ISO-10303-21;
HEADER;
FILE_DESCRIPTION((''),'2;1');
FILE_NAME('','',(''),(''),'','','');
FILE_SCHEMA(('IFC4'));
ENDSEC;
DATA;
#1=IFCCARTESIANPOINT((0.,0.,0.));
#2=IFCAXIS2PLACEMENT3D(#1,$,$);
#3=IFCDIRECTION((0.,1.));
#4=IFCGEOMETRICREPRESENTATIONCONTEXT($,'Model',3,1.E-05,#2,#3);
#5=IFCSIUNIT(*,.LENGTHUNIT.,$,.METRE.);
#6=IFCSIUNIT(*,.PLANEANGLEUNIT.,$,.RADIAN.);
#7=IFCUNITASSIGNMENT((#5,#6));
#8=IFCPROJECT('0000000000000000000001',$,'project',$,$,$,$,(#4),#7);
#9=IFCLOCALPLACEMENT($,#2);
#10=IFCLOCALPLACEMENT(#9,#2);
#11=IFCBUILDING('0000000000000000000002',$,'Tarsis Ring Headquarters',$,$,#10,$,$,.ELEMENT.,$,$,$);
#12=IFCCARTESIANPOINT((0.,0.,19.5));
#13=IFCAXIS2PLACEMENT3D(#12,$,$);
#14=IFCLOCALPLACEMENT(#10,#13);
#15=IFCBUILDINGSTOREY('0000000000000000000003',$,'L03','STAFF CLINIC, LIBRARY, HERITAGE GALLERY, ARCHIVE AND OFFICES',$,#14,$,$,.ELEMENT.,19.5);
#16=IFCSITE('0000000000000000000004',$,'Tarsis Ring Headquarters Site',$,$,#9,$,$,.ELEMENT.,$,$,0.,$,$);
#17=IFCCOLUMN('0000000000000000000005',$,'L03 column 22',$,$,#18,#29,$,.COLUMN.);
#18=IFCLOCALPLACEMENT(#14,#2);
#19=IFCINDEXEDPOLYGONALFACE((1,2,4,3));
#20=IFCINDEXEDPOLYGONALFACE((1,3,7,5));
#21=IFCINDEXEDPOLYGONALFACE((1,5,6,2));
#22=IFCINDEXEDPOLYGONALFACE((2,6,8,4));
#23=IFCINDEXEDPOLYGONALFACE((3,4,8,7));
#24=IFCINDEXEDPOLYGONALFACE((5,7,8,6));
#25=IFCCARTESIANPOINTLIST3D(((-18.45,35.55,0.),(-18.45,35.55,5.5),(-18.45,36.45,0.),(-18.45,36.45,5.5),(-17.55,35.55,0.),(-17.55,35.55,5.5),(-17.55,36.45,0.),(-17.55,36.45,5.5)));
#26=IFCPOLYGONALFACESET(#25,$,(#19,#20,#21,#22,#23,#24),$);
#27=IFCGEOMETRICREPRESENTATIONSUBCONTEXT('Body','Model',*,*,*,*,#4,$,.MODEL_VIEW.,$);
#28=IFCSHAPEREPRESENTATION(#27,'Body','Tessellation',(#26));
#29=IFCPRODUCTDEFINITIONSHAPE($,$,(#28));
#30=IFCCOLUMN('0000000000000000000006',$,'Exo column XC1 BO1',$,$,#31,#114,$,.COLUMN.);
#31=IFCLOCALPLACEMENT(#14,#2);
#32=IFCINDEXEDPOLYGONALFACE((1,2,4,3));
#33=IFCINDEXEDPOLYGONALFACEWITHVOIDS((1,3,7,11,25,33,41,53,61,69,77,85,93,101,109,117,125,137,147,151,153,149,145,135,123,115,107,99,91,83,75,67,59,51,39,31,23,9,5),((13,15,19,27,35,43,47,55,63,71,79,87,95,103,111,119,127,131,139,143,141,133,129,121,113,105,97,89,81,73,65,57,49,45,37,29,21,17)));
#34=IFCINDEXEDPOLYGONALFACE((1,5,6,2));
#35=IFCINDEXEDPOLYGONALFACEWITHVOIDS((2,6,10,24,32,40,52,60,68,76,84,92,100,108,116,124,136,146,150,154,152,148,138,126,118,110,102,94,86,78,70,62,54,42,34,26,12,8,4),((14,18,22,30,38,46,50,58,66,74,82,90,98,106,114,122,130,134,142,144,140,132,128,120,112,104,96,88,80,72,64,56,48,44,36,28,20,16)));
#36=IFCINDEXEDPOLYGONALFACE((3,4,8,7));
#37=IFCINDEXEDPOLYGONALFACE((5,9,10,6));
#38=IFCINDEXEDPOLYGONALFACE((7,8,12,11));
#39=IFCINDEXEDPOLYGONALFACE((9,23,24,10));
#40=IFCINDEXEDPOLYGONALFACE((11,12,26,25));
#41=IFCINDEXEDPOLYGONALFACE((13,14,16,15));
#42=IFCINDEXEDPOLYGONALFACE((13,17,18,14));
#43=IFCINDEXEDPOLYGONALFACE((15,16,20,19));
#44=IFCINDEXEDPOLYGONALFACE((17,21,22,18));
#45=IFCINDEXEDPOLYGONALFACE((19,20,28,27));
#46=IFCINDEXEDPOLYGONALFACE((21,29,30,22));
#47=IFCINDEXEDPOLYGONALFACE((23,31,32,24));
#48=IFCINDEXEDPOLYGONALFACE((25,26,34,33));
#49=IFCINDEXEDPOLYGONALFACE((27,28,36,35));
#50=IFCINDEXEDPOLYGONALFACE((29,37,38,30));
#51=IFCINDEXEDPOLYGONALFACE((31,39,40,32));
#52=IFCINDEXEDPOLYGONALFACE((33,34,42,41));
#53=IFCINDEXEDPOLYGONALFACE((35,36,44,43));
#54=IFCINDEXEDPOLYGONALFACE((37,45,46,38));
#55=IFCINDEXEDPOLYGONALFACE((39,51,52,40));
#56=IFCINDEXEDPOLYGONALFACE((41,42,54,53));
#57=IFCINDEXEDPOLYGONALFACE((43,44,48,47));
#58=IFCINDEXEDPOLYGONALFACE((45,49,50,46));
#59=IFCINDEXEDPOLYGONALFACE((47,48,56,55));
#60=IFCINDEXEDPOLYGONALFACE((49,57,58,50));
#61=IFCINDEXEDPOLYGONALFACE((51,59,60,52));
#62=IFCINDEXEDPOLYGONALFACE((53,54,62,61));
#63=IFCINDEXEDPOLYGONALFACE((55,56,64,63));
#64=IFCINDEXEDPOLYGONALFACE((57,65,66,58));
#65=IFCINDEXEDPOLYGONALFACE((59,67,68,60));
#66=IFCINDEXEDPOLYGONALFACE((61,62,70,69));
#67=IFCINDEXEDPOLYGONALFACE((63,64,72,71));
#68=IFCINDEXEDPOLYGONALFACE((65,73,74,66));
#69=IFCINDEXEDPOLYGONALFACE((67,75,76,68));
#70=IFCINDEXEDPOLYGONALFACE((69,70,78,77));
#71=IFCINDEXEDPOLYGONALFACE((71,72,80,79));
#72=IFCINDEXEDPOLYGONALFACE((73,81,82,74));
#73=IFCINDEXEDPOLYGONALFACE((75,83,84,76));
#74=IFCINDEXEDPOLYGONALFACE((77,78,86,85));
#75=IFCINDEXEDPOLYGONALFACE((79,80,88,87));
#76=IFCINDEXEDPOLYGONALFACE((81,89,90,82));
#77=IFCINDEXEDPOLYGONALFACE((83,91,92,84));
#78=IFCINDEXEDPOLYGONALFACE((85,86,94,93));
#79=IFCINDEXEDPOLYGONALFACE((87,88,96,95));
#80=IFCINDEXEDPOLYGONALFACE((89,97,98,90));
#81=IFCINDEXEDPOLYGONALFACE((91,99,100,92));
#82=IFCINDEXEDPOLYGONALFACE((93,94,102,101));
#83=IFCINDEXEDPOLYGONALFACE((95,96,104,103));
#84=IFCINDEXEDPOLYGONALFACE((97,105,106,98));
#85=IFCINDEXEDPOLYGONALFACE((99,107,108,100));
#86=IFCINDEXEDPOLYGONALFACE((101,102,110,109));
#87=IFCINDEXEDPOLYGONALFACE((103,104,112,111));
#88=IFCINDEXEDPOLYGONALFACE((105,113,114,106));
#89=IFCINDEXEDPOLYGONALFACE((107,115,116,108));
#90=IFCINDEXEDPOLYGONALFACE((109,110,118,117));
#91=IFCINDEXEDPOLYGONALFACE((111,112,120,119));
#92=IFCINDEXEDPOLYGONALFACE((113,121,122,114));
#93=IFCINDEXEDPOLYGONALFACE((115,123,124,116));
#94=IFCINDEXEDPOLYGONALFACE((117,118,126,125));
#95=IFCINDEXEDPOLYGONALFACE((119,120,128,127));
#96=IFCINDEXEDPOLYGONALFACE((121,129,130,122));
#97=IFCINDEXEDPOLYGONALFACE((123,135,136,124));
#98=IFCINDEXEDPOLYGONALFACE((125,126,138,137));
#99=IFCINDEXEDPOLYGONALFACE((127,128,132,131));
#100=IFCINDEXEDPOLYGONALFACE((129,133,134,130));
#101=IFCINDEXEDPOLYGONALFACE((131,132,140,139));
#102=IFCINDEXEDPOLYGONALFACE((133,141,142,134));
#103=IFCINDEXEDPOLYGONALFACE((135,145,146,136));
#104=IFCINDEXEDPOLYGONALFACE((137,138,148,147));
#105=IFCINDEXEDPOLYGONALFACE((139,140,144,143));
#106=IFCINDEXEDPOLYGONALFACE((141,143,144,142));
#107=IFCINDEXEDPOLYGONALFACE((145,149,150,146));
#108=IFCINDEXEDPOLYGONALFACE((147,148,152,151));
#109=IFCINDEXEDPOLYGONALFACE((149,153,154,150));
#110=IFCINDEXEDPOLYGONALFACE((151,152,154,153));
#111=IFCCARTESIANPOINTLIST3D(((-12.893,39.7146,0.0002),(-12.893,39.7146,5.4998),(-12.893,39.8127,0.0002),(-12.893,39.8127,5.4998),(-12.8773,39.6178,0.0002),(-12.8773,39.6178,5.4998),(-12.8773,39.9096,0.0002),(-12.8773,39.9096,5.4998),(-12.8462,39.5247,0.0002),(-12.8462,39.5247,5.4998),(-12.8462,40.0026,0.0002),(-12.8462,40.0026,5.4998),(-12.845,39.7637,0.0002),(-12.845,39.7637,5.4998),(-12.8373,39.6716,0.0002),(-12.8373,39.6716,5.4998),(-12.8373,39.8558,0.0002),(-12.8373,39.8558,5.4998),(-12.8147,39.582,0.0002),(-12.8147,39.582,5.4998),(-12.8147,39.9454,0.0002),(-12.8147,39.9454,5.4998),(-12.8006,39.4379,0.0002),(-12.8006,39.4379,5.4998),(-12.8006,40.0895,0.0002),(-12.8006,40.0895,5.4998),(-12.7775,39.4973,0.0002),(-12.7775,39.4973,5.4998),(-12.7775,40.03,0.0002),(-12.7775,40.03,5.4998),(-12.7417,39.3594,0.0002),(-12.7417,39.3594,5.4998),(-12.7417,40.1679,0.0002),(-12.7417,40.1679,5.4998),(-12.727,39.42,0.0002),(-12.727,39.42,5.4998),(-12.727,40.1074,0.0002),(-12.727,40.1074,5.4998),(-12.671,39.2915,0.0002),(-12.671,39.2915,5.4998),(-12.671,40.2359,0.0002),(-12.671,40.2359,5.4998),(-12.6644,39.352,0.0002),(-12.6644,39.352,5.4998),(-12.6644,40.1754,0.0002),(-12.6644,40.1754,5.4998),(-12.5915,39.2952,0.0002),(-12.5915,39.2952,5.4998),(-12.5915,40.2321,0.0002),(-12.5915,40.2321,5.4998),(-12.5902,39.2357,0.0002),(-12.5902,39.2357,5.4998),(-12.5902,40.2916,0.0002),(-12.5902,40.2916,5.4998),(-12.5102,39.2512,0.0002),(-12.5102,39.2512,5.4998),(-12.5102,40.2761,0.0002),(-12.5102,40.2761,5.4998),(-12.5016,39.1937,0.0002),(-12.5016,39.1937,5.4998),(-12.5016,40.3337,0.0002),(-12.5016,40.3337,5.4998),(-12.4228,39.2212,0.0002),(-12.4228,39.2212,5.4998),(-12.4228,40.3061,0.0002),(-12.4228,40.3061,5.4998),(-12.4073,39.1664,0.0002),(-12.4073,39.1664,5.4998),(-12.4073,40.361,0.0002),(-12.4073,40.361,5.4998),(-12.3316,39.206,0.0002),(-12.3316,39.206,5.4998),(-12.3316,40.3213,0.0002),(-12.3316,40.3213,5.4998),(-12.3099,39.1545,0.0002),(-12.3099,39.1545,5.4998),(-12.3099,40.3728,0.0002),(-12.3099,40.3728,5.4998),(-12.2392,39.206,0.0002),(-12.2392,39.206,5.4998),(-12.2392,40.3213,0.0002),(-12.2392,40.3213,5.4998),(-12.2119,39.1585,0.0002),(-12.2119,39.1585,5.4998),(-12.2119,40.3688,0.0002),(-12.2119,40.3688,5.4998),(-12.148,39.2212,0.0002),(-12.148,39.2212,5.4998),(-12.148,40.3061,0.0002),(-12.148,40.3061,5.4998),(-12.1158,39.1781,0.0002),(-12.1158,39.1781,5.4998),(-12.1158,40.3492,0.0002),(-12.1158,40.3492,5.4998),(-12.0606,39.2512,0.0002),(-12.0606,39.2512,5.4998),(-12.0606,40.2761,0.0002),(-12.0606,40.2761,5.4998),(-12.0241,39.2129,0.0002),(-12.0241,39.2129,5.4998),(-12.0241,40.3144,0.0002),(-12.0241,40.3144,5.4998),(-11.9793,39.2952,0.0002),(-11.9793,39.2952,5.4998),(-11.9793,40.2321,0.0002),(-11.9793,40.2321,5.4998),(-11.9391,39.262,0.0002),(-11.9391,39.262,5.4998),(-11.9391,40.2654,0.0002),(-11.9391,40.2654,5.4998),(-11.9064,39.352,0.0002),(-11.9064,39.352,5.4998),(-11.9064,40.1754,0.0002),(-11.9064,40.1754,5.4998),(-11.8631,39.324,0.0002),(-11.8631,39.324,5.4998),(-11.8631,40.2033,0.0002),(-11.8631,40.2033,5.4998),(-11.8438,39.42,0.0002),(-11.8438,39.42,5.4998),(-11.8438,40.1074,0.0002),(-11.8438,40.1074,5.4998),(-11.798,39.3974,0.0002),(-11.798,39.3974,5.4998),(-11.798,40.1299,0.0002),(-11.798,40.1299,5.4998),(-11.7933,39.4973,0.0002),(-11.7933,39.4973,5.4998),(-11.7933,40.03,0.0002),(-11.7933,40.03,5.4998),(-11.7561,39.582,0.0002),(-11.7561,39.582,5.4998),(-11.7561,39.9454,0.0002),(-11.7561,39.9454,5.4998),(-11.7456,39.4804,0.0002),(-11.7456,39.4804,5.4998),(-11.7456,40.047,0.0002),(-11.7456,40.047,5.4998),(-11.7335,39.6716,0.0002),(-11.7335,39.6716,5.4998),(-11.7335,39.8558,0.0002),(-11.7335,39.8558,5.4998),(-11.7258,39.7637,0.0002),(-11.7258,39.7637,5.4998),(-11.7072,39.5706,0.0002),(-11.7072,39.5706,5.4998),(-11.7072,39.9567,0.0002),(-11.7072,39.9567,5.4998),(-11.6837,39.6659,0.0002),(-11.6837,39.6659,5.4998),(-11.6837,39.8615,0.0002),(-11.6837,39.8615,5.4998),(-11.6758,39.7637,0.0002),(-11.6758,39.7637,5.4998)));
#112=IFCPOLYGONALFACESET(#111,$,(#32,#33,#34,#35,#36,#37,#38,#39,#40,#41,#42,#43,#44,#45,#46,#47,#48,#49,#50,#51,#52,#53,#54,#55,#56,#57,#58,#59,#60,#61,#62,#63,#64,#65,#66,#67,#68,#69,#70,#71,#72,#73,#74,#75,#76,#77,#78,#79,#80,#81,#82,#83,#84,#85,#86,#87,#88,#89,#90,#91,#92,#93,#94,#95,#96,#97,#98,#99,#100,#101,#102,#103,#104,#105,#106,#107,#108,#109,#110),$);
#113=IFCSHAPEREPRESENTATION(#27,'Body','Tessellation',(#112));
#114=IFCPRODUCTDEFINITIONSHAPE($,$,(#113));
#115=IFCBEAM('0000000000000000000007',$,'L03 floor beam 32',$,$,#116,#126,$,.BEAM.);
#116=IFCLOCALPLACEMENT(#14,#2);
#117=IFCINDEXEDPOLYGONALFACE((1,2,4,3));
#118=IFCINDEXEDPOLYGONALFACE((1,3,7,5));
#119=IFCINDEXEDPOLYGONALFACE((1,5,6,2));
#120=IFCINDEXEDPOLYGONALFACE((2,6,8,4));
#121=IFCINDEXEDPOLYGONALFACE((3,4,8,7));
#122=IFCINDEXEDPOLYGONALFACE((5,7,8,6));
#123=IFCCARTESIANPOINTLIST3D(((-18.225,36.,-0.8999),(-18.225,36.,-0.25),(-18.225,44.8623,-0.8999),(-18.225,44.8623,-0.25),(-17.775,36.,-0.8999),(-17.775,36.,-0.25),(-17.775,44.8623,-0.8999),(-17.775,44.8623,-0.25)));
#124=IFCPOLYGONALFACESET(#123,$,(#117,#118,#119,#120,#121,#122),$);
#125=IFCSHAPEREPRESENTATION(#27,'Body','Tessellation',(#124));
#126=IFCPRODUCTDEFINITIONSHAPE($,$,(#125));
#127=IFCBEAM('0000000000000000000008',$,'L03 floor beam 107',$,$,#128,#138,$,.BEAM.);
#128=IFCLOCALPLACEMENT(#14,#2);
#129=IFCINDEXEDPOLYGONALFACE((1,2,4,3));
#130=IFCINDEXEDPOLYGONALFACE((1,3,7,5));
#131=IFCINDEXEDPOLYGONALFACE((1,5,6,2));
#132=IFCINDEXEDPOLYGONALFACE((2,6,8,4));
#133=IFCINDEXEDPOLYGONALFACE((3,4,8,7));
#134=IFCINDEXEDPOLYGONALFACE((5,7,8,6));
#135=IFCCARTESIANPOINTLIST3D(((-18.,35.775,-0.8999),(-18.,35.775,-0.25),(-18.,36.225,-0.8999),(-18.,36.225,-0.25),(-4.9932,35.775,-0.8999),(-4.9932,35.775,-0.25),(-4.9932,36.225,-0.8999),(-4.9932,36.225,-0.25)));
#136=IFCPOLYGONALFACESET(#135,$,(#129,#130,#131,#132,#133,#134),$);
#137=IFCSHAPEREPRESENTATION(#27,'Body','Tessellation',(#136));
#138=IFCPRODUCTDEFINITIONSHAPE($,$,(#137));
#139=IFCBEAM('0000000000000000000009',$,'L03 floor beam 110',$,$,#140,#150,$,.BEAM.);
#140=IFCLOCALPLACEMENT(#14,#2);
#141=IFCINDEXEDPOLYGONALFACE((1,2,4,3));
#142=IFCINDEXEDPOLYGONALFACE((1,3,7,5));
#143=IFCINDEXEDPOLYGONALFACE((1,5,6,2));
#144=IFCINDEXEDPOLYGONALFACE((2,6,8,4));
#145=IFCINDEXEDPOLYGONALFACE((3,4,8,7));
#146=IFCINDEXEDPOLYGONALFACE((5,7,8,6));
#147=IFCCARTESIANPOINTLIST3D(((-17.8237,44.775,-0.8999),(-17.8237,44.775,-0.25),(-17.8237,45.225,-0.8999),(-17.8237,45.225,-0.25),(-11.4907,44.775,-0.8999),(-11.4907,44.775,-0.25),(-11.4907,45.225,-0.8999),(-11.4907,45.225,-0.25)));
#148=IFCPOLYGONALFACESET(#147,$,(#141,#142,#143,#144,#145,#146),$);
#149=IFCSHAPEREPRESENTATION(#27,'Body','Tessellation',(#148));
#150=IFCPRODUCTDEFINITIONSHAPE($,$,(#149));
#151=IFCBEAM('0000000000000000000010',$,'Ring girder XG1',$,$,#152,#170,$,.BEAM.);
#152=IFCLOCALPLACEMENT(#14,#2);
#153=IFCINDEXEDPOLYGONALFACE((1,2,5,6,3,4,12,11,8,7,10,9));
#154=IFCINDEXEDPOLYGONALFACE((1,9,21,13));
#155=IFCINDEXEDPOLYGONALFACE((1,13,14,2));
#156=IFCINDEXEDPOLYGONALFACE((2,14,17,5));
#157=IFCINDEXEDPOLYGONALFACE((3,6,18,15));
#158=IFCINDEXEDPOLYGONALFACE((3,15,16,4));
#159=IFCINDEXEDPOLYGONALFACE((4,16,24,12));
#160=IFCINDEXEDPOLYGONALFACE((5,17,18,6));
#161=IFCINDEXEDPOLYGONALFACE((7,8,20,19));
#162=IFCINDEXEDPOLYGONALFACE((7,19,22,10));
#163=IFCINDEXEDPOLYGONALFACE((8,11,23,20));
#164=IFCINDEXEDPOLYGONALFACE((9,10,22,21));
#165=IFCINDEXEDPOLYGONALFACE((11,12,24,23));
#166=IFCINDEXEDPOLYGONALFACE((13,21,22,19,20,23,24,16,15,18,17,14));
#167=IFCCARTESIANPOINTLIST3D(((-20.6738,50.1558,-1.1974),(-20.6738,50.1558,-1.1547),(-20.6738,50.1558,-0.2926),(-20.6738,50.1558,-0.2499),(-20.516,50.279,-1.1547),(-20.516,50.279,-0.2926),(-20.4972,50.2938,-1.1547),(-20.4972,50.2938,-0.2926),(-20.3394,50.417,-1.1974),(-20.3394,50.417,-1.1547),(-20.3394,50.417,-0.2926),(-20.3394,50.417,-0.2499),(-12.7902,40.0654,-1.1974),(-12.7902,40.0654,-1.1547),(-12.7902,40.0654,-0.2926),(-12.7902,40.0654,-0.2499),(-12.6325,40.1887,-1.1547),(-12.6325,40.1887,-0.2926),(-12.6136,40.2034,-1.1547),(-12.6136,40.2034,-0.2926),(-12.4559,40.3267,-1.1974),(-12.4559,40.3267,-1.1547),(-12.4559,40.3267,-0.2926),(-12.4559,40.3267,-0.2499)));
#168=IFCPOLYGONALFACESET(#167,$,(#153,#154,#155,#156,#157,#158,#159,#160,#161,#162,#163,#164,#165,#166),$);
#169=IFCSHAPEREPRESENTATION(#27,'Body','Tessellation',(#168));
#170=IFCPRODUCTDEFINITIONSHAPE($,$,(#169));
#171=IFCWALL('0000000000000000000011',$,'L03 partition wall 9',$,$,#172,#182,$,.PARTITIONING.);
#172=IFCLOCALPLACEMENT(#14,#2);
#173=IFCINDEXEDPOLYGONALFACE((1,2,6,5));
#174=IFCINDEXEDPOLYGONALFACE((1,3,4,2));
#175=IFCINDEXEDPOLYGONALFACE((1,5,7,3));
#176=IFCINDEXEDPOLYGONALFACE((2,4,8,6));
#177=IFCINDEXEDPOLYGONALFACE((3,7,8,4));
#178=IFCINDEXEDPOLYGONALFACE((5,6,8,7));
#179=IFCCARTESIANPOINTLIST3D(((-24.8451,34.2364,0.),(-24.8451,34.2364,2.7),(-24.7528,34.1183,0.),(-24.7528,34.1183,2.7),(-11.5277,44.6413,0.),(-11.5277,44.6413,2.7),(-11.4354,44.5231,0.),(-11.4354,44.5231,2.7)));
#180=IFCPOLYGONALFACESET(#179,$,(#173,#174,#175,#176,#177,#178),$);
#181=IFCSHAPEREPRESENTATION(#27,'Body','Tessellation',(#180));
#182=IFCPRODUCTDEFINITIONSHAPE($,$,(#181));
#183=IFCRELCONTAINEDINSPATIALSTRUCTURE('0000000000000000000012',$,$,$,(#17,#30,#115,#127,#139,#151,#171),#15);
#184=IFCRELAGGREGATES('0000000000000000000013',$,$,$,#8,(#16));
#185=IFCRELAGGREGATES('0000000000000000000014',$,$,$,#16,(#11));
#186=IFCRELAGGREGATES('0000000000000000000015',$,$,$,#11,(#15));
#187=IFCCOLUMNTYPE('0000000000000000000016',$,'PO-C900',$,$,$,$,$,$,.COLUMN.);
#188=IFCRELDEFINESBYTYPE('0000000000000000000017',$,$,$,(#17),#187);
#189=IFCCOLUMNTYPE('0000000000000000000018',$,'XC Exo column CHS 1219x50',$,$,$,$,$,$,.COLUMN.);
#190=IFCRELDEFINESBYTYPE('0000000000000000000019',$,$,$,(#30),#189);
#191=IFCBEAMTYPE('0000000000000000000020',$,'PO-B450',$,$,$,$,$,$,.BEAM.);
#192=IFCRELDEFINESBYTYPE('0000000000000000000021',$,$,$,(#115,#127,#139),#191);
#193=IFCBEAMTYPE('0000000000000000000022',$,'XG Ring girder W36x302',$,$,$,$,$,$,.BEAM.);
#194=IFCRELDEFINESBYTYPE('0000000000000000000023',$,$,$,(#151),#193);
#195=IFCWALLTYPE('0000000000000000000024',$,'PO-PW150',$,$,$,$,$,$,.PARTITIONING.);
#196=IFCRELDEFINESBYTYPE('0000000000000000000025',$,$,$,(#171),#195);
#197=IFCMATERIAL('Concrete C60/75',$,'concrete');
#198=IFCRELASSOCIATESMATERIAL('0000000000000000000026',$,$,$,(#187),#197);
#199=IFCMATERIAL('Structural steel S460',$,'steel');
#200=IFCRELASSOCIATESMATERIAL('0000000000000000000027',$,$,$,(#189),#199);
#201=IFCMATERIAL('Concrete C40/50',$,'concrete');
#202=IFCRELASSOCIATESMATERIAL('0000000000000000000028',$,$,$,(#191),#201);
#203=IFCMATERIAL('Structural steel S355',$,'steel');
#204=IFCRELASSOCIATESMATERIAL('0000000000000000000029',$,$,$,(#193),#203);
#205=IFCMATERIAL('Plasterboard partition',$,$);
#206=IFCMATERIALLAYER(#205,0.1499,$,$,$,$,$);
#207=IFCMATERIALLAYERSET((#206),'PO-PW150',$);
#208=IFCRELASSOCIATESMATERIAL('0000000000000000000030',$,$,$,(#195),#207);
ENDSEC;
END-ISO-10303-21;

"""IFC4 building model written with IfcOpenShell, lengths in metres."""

from ifc_helpers import new_model, si_unit, direction, frame, frame_2d, origin, origin_2d, place, context, subcontext, project, spatial, rectangle, hollow_circle, i_section, extrude, material, layer, layer_set, material_profile, profile_set, type_object, element, save


model = new_model("IFC4")

# Units and contexts
model_context = context("Model", 3, precision=1e-05, world=origin(), true_north=direction((0.0, 1.0)))
body_context = subcontext(model_context, "Body", "Model", "MODEL_VIEW")
ifc_project = project(units=[si_unit("LENGTHUNIT", "METRE"), si_unit("PLANEANGLEUNIT", "RADIAN")], contexts=[model_context])

# Site, building, storey
site_placement = place(None, origin())
site = spatial("IfcSite", under=ifc_project, at=site_placement, Name="Tarsis Ring Headquarters Site", CompositionType="ELEMENT", RefElevation=0.0)
building_placement = place(site_placement, origin())
building = spatial("IfcBuilding", under=site, at=building_placement, Name="Tarsis Ring Headquarters", CompositionType="ELEMENT")
storey_placement = place(building_placement, frame((0.0, 0.0, 19.5)))
storey = spatial("IfcBuildingStorey", under=building, at=storey_placement, Name="L03", Description="STAFF CLINIC, LIBRARY, HERITAGE GALLERY, ARCHIVE AND OFFICES", CompositionType="ELEMENT", Elevation=19.5)

# Columns
ifc_material_1 = material(Name="Concrete C60/75", Category="concrete")
ifc_material_profile_1 = material_profile(ifc_material_1, rectangle(XDim=0.8999, YDim=0.8999, at=origin_2d()), Name="PO-C900")
ifc_profile_set_1 = profile_set([ifc_material_profile_1], Name="Concrete C60/75")
column_type_1 = type_object("IfcColumnType", Name="PO-C900", PredefinedType="COLUMN", material=ifc_profile_set_1)
column_1_placement = place(storey_placement, frame((-18.0, 36.0, 0.0), z_axis=(0.0, 0.0, 1.0), x_axis=(1.0, 0.0, 0.0)))
element("IfcColumn", 1, at=column_1_placement, inside=storey, type_object=column_type_1, Name="L03 column 22", PredefinedType="COLUMN", context=body_context, shape_type="SweptSolid", body=[
    extrude(rectangle(XDim=0.8999, YDim=0.8999, at=origin_2d()), origin(), (0.0, 0.0, 1.0), 5.5),
])
ifc_material_2 = material(Name="Structural steel S460", Category="steel")
ifc_material_profile_2 = material_profile(ifc_material_2, hollow_circle(Radius=0.6096, WallThickness=0.05, at=origin_2d()), Name="CHS 1219x50")
ifc_profile_set_2 = profile_set([ifc_material_profile_2], Name="Structural steel S460")
column_type_2 = type_object("IfcColumnType", Name="XC Exo column CHS 1219x50", PredefinedType="COLUMN", material=ifc_profile_set_2)
column_2_placement = place(storey_placement, frame((-12.2854, 39.7637, 0.0002), z_axis=(0.0, 0.0, 1.0), x_axis=(1.0, 0.0, 0.0)))
element("IfcColumn", 2, at=column_2_placement, inside=storey, type_object=column_type_2, Name="Exo column XC1 BO1", PredefinedType="COLUMN", context=body_context, shape_type="SweptSolid", body=[
    extrude(hollow_circle(Radius=0.6096, WallThickness=0.05, at=origin_2d()), origin(), (0.0, 0.0, 1.0), 5.4995),
])

# Beams
ifc_material_3 = material(Name="Concrete C40/50", Category="concrete")
ifc_material_profile_3 = material_profile(ifc_material_3, rectangle(XDim=0.45, YDim=0.6499, at=origin_2d()), Name="PO-B450")
ifc_profile_set_3 = profile_set([ifc_material_profile_3], Name="Concrete C40/50")
beam_type_1 = type_object("IfcBeamType", Name="PO-B450", PredefinedType="BEAM", material=ifc_profile_set_3)
beam_1_placement = place(storey_placement, frame((-18.0, 36.0, -0.575), z_axis=(0.0, 1.0, 0.0), x_axis=(-1.0, 0.0, 0.0)))
element("IfcBeam", 3, at=beam_1_placement, inside=storey, type_object=beam_type_1, Name="L03 floor beam 32", PredefinedType="BEAM", context=body_context, shape_type="SweptSolid", body=[
    extrude(rectangle(XDim=0.45, YDim=0.6499, at=origin_2d()), origin(), (0.0, 0.0, 1.0), 8.8623),
])
beam_2_placement = place(storey_placement, frame((-18.0, 36.0, -0.575), z_axis=(1.0, 0.0, 0.0), x_axis=(0.0, 1.0, 0.0)))
element("IfcBeam", 4, at=beam_2_placement, inside=storey, type_object=beam_type_1, Name="L03 floor beam 107", PredefinedType="BEAM", context=body_context, shape_type="SweptSolid", body=[
    extrude(rectangle(XDim=0.45, YDim=0.6499, at=origin_2d()), origin(), (0.0, 0.0, 1.0), 13.0068),
])
beam_3_placement = place(storey_placement, frame((-17.8237, 45.0, -0.575), z_axis=(1.0, 0.0, 0.0), x_axis=(0.0, 1.0, 0.0)))
element("IfcBeam", 5, at=beam_3_placement, inside=storey, type_object=beam_type_1, Name="L03 floor beam 110", PredefinedType="BEAM", context=body_context, shape_type="SweptSolid", body=[
    extrude(rectangle(XDim=0.45, YDim=0.6499, at=origin_2d()), origin(), (0.0, 0.0, 1.0), 6.333),
])
ifc_material_4 = material(Name="Structural steel S355", Category="steel")
ifc_material_profile_4 = material_profile(ifc_material_4, i_section(OverallWidth=0.4243, OverallDepth=0.9475, WebThickness=0.0239, FlangeThickness=0.0427, at=origin_2d()), Name="W36x302")
ifc_profile_set_4 = profile_set([ifc_material_profile_4], Name="Structural steel S355")
beam_type_2 = type_object("IfcBeamType", Name="XG Ring girder W36x302", PredefinedType="BEAM", material=ifc_profile_set_4)
beam_4_placement = place(storey_placement, frame((-12.623, 40.196, -0.7236), z_axis=(-0.615667, 0.788006, 0.0), x_axis=(-0.788006, -0.615667, 0.0)))
element("IfcBeam", 6, at=beam_4_placement, inside=storey, type_object=beam_type_2, Name="Ring girder XG1", PredefinedType="BEAM", context=body_context, shape_type="SweptSolid", body=[
    extrude(i_section(OverallWidth=0.4243, OverallDepth=0.9475, WebThickness=0.0239, FlangeThickness=0.0427, at=origin_2d()), origin(), (0.0, 0.0, 1.0), 12.8049),
])

# Wall
ifc_material_5 = material(Name="Plasterboard partition")
ifc_layer_1 = layer(ifc_material_5, 0.1499)
ifc_layer_set_1 = layer_set([ifc_layer_1], Name="PO-PW150")
wall_type_1 = type_object("IfcWallType", Name="PO-PW150", PredefinedType="PARTITIONING", material=ifc_layer_set_1)
wall_1_placement = place(storey_placement, frame((-11.4814, 44.5823, 0.0), z_axis=(0.0, 0.0, 1.0), x_axis=(-0.788008, -0.615665, 0.0)))
element("IfcWall", 7, at=wall_1_placement, inside=storey, type_object=wall_type_1, Name="L03 partition wall 9", PredefinedType="PARTITIONING", context=body_context, shape_type="SweptSolid", body=[
    extrude(rectangle(XDim=16.9001, YDim=0.1499, at=frame_2d((8.4502, 0.0))), origin(), (0.0, 0.0, 1.0), 2.7),
])

save(model, "model.ifc")
